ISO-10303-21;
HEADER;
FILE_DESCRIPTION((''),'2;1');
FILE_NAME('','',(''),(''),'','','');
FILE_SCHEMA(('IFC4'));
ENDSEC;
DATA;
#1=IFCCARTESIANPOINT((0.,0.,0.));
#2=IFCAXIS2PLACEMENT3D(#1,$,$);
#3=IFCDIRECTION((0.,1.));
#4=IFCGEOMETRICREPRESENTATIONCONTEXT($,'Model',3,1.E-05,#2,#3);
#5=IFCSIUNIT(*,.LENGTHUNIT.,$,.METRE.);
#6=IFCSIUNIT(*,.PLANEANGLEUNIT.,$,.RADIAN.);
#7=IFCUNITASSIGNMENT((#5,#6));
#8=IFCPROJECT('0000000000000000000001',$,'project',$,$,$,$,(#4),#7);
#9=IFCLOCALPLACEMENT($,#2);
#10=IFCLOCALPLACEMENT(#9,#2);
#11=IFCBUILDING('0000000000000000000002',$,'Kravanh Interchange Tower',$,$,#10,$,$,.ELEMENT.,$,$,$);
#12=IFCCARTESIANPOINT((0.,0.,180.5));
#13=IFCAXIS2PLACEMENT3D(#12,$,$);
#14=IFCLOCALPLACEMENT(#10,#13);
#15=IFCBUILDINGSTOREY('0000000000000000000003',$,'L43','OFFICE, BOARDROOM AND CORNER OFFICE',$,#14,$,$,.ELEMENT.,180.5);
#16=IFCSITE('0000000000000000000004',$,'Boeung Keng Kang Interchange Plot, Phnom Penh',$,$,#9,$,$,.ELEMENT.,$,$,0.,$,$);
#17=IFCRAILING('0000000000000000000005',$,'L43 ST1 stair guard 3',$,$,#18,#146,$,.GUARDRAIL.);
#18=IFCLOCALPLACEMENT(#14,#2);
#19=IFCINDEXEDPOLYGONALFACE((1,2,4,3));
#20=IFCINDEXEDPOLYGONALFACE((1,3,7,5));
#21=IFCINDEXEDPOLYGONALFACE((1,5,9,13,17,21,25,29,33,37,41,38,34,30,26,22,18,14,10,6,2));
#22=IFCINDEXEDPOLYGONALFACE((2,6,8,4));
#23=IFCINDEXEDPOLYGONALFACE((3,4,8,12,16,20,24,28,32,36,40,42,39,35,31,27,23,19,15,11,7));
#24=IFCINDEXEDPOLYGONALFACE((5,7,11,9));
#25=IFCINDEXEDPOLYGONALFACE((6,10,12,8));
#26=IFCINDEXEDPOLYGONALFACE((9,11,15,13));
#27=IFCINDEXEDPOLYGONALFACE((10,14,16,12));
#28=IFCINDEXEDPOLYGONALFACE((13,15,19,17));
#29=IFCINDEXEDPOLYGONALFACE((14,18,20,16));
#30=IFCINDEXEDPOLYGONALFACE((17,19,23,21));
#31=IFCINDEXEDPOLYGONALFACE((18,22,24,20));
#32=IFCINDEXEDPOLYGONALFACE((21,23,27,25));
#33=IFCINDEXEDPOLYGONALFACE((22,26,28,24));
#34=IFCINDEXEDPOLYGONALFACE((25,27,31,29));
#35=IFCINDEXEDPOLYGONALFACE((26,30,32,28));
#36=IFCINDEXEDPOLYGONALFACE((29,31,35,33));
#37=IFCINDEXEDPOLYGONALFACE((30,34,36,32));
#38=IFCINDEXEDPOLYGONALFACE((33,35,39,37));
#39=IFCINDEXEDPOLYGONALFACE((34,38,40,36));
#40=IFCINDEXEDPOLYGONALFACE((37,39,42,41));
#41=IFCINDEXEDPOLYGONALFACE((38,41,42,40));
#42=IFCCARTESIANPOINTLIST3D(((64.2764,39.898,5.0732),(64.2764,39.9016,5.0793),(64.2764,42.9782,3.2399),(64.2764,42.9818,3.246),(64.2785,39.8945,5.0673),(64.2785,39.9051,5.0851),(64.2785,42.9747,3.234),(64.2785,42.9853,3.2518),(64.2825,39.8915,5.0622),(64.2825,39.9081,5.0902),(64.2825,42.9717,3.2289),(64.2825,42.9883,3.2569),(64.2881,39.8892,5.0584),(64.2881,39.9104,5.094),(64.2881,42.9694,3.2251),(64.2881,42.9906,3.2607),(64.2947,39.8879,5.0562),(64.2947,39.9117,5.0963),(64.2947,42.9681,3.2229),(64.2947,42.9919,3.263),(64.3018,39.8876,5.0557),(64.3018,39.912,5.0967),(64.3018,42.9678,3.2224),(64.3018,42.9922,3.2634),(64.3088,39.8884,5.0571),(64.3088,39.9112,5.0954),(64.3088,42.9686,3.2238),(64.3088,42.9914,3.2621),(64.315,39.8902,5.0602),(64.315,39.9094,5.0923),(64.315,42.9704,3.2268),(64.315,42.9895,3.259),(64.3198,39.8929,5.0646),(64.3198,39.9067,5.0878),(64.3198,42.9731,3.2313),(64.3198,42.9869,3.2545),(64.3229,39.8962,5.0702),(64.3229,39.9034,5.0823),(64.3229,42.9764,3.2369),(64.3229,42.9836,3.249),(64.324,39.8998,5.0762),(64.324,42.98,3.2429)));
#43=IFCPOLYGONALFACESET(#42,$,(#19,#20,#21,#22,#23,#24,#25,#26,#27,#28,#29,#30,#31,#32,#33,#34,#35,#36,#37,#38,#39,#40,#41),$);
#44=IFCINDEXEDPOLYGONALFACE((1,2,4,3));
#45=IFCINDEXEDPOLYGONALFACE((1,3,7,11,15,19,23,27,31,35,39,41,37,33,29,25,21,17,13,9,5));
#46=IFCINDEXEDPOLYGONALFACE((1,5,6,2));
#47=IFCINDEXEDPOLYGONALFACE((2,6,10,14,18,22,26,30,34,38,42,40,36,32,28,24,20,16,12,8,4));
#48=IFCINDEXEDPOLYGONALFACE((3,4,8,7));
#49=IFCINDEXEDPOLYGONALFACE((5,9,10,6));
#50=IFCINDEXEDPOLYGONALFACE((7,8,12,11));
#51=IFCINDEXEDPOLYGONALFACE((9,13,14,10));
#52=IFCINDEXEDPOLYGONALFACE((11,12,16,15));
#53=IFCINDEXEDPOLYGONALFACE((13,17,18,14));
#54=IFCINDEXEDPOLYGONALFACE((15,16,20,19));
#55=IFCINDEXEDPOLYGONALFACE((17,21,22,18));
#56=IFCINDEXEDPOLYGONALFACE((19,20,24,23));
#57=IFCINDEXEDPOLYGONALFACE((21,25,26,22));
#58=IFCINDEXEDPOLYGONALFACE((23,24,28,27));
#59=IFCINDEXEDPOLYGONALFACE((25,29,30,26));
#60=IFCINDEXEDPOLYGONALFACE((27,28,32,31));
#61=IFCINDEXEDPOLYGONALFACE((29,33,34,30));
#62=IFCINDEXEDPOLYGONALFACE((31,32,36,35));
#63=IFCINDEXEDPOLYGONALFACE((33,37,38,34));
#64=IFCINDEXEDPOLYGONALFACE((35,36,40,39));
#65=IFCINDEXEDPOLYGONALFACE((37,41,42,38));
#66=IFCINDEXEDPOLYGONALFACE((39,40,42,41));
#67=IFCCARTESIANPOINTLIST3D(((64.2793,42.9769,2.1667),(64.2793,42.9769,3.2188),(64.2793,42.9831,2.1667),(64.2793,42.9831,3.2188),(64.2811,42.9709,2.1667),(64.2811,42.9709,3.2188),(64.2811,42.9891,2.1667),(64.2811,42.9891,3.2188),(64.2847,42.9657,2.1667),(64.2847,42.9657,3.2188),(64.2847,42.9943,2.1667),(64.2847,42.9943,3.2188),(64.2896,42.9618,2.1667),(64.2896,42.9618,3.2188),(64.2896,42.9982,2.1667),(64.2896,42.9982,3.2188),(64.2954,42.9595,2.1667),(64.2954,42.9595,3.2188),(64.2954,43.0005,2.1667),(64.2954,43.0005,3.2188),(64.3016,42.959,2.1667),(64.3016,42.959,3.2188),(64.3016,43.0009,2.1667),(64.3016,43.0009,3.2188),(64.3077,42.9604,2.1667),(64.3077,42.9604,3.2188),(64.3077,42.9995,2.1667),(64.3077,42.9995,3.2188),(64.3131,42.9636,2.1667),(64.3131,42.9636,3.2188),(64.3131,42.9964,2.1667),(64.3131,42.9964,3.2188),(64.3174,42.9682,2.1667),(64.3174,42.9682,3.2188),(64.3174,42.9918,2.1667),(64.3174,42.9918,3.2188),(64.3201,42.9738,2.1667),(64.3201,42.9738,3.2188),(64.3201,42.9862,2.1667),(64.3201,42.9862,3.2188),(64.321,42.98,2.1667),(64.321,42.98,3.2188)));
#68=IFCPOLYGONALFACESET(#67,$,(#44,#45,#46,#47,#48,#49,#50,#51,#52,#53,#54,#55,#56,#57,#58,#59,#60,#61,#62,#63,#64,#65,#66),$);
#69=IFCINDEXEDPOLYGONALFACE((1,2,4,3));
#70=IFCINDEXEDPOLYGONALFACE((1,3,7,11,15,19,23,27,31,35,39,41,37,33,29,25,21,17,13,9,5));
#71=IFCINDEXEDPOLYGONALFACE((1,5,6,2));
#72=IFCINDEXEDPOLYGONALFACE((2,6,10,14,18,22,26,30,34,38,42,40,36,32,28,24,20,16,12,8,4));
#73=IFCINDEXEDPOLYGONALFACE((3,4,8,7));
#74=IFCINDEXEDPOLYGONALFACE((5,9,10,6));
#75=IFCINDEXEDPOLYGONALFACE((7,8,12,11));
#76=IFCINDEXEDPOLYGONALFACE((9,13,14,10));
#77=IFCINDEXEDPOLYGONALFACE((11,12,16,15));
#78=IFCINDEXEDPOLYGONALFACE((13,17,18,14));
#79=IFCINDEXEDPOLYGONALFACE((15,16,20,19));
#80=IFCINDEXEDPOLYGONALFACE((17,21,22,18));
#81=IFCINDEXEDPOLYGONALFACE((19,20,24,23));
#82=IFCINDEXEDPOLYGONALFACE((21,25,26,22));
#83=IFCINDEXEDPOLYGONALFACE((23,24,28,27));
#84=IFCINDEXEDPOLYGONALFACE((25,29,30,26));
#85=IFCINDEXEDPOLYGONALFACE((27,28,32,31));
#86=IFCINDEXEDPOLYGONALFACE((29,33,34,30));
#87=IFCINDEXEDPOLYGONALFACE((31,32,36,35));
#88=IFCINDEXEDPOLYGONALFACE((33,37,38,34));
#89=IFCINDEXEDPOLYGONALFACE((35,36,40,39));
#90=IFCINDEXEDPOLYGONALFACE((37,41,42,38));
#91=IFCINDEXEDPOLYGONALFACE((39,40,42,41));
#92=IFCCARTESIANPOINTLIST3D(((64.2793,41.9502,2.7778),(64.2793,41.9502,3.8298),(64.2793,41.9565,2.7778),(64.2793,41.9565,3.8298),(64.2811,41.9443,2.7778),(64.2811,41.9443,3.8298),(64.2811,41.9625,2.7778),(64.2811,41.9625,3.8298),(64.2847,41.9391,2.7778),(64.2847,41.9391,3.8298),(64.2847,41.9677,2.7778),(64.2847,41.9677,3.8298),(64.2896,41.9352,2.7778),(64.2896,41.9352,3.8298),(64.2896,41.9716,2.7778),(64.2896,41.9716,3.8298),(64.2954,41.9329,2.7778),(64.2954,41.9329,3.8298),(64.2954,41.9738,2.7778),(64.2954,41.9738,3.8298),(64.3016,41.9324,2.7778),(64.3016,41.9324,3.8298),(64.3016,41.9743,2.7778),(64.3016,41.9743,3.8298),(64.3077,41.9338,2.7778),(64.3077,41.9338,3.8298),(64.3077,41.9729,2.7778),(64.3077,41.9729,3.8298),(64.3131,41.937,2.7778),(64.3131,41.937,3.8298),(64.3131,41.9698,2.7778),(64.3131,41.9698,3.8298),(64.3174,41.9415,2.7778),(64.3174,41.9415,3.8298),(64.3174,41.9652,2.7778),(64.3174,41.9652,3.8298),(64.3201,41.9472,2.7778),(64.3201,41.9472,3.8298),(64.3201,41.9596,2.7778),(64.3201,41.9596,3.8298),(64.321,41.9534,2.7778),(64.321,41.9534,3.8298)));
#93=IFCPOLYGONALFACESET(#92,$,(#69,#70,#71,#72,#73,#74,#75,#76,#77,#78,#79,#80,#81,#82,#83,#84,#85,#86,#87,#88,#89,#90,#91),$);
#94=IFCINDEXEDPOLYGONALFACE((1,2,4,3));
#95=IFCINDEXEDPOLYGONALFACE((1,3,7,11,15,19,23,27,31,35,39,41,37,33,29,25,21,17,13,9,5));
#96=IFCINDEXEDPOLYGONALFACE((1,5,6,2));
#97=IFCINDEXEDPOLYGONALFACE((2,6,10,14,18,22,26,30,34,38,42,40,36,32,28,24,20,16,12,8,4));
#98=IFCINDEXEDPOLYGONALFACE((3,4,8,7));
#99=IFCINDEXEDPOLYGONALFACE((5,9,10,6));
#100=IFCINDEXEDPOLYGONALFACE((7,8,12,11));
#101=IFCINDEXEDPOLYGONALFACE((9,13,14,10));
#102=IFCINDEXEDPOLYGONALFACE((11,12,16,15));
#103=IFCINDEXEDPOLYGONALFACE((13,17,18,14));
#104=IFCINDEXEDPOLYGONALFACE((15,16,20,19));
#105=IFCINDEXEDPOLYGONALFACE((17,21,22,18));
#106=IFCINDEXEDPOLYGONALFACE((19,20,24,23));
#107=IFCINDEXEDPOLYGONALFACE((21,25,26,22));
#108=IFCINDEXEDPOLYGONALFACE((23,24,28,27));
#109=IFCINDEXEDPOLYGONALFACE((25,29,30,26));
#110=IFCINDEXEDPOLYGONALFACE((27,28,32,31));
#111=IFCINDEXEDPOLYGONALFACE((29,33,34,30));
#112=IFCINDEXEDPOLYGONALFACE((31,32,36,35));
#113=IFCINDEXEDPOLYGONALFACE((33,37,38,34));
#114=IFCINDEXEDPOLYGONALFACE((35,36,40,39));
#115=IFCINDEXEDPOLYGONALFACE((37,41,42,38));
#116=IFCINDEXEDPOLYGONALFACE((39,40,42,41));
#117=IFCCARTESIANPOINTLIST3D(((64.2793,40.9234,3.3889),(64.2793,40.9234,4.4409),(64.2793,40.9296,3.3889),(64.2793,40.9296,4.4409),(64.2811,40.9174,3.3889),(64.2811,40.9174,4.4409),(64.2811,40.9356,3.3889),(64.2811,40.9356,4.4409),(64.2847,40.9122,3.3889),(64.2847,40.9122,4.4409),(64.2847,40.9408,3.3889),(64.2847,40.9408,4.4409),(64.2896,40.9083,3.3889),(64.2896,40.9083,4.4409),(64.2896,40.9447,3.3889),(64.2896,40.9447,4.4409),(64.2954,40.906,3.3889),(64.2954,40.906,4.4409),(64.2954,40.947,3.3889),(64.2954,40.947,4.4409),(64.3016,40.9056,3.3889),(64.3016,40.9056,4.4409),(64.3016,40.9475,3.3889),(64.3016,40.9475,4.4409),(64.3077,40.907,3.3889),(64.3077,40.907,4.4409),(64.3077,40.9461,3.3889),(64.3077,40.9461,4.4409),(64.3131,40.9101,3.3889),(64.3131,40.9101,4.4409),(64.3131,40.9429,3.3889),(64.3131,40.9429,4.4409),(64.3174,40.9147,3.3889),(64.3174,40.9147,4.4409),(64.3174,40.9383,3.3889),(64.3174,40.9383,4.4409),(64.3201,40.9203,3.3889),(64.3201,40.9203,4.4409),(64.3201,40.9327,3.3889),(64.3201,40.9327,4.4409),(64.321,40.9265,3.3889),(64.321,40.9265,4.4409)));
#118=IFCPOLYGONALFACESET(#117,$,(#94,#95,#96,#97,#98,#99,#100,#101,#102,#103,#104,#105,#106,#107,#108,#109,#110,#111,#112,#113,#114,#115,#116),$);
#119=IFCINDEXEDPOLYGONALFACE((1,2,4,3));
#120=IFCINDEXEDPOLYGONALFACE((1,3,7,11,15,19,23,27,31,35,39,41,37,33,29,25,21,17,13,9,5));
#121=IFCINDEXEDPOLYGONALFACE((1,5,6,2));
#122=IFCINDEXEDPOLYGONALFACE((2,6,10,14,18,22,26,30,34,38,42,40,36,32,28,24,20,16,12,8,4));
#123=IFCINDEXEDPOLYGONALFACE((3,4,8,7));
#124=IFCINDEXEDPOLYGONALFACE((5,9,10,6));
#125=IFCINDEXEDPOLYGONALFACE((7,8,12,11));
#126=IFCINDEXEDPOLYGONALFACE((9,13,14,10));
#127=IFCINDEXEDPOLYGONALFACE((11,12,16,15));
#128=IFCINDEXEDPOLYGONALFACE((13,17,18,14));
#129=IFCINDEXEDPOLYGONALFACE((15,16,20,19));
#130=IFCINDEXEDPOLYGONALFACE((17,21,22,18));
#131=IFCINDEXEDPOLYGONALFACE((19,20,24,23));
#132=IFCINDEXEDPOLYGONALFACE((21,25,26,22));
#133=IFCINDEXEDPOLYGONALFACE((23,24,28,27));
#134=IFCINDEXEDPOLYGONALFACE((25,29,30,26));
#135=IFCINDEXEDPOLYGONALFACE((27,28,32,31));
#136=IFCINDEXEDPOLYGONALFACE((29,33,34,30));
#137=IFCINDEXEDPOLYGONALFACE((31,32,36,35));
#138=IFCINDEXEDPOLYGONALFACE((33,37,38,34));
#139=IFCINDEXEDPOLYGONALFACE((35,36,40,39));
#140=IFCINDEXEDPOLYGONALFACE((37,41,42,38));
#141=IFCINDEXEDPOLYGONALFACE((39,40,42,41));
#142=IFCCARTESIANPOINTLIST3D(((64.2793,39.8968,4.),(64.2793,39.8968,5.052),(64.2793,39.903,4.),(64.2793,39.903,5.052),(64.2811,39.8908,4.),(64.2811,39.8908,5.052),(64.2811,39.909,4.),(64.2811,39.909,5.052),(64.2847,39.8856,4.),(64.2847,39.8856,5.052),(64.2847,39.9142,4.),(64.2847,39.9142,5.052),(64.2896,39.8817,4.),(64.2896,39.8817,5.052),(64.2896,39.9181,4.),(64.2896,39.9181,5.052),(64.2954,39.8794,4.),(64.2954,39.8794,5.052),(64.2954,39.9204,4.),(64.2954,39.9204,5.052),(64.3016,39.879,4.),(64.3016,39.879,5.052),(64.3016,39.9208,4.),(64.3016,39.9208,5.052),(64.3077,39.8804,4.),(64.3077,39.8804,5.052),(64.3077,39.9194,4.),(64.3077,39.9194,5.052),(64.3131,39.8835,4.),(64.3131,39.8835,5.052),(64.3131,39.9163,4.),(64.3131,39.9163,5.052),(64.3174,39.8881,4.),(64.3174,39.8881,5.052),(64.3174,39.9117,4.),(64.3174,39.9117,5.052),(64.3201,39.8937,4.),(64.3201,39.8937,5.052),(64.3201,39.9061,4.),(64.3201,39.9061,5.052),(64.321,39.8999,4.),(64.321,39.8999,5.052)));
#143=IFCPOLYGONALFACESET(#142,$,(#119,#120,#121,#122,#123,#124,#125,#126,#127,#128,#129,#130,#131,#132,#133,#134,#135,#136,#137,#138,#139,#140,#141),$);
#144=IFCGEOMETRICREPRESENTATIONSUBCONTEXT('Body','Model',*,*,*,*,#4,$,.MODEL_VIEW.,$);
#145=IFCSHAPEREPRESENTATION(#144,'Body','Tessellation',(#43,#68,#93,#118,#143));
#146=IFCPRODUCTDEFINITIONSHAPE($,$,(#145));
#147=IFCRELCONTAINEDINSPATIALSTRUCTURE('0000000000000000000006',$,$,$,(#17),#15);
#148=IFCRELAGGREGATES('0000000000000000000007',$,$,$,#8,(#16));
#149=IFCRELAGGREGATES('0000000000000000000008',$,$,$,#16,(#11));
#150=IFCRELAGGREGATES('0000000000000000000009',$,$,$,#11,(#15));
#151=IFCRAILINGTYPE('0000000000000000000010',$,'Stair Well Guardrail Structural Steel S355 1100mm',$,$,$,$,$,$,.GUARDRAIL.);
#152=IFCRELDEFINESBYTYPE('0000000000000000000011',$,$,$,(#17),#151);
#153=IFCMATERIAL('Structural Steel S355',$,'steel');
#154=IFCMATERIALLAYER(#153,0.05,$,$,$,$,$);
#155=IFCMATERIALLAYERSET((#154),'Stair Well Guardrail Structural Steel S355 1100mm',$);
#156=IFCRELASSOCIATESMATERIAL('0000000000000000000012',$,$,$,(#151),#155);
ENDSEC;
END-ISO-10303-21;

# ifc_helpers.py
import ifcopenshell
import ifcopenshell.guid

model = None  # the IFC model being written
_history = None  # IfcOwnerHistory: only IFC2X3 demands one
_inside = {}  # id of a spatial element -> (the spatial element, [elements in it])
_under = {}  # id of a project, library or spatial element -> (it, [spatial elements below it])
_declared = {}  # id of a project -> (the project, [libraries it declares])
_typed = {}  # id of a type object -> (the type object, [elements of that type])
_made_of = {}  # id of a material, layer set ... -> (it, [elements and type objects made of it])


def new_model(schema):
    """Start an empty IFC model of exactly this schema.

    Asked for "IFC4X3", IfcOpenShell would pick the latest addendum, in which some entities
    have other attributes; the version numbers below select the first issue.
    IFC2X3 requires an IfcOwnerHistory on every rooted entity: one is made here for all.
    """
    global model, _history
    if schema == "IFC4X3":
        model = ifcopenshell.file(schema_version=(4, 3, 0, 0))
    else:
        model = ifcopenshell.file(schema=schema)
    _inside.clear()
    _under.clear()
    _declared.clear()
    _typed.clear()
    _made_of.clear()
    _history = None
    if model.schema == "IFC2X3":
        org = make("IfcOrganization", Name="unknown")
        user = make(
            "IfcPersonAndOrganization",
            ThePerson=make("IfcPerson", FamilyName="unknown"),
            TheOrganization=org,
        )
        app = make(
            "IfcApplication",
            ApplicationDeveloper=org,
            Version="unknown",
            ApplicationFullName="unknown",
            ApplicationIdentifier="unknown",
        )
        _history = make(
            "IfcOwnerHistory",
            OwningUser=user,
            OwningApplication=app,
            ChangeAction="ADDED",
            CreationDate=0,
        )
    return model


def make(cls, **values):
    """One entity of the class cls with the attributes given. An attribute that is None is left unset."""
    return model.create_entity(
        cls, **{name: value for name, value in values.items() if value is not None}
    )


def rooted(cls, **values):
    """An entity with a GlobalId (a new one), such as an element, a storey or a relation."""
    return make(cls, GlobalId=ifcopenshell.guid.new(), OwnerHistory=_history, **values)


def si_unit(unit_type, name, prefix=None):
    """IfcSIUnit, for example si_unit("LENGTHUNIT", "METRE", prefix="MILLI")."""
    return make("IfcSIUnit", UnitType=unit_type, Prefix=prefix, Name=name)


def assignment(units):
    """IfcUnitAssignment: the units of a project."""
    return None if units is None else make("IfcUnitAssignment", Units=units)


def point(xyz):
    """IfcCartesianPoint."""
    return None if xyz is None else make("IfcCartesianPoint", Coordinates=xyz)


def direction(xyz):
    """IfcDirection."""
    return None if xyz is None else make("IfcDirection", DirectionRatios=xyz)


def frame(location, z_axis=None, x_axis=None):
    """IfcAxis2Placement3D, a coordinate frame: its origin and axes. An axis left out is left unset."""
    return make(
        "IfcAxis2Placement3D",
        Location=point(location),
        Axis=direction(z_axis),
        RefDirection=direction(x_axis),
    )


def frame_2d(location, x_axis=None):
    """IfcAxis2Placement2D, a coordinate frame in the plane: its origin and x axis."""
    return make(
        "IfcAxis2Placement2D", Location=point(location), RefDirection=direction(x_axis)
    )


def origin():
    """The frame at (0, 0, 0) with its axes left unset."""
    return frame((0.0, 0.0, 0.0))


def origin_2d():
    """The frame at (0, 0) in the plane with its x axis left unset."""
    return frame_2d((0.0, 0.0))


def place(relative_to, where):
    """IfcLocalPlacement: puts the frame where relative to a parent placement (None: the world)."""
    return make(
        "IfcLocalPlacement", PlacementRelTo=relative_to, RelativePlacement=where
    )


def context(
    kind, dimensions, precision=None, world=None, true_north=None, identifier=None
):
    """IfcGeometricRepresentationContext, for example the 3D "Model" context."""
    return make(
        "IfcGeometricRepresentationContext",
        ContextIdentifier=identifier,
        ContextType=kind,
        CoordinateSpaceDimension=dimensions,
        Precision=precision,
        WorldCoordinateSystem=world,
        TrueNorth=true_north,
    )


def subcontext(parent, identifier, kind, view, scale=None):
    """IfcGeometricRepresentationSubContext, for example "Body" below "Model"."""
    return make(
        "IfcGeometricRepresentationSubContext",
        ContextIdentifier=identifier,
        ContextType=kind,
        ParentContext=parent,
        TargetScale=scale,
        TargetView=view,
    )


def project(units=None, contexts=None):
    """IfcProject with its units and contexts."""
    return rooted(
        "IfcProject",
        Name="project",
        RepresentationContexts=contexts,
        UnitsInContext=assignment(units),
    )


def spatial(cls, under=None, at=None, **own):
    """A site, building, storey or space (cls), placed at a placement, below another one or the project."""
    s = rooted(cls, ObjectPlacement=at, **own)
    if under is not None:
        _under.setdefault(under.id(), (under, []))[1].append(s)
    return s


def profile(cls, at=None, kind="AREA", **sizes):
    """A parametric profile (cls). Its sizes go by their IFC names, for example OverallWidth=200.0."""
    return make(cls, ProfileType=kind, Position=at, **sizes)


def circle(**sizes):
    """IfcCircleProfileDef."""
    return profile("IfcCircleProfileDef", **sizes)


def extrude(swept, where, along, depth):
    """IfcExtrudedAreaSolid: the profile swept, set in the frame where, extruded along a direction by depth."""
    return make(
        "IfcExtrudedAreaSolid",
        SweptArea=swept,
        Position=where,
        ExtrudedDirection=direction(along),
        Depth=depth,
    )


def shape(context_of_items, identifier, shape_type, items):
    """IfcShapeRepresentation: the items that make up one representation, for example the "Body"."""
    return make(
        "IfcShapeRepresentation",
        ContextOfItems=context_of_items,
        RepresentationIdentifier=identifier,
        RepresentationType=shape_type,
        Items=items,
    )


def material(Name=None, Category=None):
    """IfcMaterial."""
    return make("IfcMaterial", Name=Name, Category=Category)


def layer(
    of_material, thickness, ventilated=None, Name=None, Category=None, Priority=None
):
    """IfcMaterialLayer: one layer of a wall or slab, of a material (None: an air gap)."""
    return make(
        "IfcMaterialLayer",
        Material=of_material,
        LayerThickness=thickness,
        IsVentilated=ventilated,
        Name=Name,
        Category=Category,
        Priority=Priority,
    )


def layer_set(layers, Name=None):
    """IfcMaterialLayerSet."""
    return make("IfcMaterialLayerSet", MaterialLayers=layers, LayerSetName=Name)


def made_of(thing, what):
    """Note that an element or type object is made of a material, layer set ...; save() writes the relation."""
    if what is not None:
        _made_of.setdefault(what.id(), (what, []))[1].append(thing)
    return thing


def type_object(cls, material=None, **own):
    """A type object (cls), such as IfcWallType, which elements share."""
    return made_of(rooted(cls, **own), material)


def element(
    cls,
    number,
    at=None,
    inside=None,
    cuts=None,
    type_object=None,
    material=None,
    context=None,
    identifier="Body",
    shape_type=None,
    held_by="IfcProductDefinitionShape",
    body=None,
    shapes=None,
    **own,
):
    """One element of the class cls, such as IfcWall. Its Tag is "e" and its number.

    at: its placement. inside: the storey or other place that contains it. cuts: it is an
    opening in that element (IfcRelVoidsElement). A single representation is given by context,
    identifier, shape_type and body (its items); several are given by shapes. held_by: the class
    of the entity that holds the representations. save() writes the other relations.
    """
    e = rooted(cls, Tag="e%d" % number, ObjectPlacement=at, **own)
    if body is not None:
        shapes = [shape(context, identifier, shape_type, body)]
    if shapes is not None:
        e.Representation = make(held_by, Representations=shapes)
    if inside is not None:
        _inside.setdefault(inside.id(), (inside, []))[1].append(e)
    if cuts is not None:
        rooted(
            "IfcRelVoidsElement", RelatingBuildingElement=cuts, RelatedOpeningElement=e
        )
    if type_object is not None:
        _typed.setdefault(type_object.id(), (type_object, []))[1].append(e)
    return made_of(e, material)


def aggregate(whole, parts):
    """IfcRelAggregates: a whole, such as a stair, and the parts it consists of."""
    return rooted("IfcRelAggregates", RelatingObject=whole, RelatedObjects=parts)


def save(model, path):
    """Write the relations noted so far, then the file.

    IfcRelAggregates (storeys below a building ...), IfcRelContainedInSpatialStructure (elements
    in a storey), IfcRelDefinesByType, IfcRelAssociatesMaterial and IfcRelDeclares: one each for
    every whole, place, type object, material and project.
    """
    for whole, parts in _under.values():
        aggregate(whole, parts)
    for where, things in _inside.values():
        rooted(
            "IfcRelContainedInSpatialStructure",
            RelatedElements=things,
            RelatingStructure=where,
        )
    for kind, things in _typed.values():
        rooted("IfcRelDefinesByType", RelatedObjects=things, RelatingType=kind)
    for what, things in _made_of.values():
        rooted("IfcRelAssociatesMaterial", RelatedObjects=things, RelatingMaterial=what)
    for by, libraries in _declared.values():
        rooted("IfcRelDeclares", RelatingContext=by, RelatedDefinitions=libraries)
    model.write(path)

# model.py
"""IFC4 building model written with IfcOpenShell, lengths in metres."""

from ifc_helpers import new_model, si_unit, direction, frame, origin, origin_2d, place, context, subcontext, project, spatial, circle, extrude, material, layer, layer_set, type_object, element, save


model = new_model("IFC4")

# Units and contexts
model_context = context("Model", 3, precision=1e-05, world=origin(), true_north=direction((0.0, 1.0)))
body_context = subcontext(model_context, "Body", "Model", "MODEL_VIEW")
ifc_project = project(units=[si_unit("LENGTHUNIT", "METRE"), si_unit("PLANEANGLEUNIT", "RADIAN")], contexts=[model_context])

# Site, building, storey
site_placement = place(None, origin())
site = spatial("IfcSite", under=ifc_project, at=site_placement, Name="Boeung Keng Kang Interchange Plot, Phnom Penh", CompositionType="ELEMENT", RefElevation=0.0)
building_placement = place(site_placement, origin())
building = spatial("IfcBuilding", under=site, at=building_placement, Name="Kravanh Interchange Tower", CompositionType="ELEMENT")
storey_placement = place(building_placement, frame((0.0, 0.0, 180.5)))
storey = spatial("IfcBuildingStorey", under=building, at=storey_placement, Name="L43", Description="OFFICE, BOARDROOM AND CORNER OFFICE", CompositionType="ELEMENT", Elevation=180.5)

# Railing
ifc_material_1 = material(Name="Structural Steel S355", Category="steel")
ifc_layer_1 = layer(ifc_material_1, 0.05)
ifc_layer_set_1 = layer_set([ifc_layer_1], Name="Stair Well Guardrail Structural Steel S355 1100mm")
railing_type_1 = type_object("IfcRailingType", Name="Stair Well Guardrail Structural Steel S355 1100mm", PredefinedType="GUARDRAIL", material=ifc_layer_set_1)
railing_1_placement = place(storey_placement, frame((64.3, 42.98, 2.1667)))
element("IfcRailing", 1, at=railing_1_placement, inside=storey, type_object=railing_type_1, Name="L43 ST1 stair guard 3", PredefinedType="GUARDRAIL", context=body_context, shape_type="SweptSolid", body=[
    extrude(circle(Radius=0.0239, at=origin_2d()), frame((0.0, 0.0, 1.0762), z_axis=(0.0, -0.859309, 0.511458), x_axis=(1.0, 0.0, 0.0)), (0.0, 0.0, 1.0), 3.5845),
    extrude(circle(Radius=0.021, at=origin_2d()), origin(), (0.0, 0.0, 1.0), 1.052),
    extrude(circle(Radius=0.021, at=origin_2d()), frame((0.0, -1.0266, 0.6111)), (0.0, 0.0, 1.0), 1.052),
    extrude(circle(Radius=0.021, at=origin_2d()), frame((0.0, -2.0535, 1.2222)), (0.0, 0.0, 1.0), 1.052),
    extrude(circle(Radius=0.021, at=origin_2d()), frame((0.0, -3.0801, 1.8333)), (0.0, 0.0, 1.0), 1.052),
])

save(model, "model.ifc")
